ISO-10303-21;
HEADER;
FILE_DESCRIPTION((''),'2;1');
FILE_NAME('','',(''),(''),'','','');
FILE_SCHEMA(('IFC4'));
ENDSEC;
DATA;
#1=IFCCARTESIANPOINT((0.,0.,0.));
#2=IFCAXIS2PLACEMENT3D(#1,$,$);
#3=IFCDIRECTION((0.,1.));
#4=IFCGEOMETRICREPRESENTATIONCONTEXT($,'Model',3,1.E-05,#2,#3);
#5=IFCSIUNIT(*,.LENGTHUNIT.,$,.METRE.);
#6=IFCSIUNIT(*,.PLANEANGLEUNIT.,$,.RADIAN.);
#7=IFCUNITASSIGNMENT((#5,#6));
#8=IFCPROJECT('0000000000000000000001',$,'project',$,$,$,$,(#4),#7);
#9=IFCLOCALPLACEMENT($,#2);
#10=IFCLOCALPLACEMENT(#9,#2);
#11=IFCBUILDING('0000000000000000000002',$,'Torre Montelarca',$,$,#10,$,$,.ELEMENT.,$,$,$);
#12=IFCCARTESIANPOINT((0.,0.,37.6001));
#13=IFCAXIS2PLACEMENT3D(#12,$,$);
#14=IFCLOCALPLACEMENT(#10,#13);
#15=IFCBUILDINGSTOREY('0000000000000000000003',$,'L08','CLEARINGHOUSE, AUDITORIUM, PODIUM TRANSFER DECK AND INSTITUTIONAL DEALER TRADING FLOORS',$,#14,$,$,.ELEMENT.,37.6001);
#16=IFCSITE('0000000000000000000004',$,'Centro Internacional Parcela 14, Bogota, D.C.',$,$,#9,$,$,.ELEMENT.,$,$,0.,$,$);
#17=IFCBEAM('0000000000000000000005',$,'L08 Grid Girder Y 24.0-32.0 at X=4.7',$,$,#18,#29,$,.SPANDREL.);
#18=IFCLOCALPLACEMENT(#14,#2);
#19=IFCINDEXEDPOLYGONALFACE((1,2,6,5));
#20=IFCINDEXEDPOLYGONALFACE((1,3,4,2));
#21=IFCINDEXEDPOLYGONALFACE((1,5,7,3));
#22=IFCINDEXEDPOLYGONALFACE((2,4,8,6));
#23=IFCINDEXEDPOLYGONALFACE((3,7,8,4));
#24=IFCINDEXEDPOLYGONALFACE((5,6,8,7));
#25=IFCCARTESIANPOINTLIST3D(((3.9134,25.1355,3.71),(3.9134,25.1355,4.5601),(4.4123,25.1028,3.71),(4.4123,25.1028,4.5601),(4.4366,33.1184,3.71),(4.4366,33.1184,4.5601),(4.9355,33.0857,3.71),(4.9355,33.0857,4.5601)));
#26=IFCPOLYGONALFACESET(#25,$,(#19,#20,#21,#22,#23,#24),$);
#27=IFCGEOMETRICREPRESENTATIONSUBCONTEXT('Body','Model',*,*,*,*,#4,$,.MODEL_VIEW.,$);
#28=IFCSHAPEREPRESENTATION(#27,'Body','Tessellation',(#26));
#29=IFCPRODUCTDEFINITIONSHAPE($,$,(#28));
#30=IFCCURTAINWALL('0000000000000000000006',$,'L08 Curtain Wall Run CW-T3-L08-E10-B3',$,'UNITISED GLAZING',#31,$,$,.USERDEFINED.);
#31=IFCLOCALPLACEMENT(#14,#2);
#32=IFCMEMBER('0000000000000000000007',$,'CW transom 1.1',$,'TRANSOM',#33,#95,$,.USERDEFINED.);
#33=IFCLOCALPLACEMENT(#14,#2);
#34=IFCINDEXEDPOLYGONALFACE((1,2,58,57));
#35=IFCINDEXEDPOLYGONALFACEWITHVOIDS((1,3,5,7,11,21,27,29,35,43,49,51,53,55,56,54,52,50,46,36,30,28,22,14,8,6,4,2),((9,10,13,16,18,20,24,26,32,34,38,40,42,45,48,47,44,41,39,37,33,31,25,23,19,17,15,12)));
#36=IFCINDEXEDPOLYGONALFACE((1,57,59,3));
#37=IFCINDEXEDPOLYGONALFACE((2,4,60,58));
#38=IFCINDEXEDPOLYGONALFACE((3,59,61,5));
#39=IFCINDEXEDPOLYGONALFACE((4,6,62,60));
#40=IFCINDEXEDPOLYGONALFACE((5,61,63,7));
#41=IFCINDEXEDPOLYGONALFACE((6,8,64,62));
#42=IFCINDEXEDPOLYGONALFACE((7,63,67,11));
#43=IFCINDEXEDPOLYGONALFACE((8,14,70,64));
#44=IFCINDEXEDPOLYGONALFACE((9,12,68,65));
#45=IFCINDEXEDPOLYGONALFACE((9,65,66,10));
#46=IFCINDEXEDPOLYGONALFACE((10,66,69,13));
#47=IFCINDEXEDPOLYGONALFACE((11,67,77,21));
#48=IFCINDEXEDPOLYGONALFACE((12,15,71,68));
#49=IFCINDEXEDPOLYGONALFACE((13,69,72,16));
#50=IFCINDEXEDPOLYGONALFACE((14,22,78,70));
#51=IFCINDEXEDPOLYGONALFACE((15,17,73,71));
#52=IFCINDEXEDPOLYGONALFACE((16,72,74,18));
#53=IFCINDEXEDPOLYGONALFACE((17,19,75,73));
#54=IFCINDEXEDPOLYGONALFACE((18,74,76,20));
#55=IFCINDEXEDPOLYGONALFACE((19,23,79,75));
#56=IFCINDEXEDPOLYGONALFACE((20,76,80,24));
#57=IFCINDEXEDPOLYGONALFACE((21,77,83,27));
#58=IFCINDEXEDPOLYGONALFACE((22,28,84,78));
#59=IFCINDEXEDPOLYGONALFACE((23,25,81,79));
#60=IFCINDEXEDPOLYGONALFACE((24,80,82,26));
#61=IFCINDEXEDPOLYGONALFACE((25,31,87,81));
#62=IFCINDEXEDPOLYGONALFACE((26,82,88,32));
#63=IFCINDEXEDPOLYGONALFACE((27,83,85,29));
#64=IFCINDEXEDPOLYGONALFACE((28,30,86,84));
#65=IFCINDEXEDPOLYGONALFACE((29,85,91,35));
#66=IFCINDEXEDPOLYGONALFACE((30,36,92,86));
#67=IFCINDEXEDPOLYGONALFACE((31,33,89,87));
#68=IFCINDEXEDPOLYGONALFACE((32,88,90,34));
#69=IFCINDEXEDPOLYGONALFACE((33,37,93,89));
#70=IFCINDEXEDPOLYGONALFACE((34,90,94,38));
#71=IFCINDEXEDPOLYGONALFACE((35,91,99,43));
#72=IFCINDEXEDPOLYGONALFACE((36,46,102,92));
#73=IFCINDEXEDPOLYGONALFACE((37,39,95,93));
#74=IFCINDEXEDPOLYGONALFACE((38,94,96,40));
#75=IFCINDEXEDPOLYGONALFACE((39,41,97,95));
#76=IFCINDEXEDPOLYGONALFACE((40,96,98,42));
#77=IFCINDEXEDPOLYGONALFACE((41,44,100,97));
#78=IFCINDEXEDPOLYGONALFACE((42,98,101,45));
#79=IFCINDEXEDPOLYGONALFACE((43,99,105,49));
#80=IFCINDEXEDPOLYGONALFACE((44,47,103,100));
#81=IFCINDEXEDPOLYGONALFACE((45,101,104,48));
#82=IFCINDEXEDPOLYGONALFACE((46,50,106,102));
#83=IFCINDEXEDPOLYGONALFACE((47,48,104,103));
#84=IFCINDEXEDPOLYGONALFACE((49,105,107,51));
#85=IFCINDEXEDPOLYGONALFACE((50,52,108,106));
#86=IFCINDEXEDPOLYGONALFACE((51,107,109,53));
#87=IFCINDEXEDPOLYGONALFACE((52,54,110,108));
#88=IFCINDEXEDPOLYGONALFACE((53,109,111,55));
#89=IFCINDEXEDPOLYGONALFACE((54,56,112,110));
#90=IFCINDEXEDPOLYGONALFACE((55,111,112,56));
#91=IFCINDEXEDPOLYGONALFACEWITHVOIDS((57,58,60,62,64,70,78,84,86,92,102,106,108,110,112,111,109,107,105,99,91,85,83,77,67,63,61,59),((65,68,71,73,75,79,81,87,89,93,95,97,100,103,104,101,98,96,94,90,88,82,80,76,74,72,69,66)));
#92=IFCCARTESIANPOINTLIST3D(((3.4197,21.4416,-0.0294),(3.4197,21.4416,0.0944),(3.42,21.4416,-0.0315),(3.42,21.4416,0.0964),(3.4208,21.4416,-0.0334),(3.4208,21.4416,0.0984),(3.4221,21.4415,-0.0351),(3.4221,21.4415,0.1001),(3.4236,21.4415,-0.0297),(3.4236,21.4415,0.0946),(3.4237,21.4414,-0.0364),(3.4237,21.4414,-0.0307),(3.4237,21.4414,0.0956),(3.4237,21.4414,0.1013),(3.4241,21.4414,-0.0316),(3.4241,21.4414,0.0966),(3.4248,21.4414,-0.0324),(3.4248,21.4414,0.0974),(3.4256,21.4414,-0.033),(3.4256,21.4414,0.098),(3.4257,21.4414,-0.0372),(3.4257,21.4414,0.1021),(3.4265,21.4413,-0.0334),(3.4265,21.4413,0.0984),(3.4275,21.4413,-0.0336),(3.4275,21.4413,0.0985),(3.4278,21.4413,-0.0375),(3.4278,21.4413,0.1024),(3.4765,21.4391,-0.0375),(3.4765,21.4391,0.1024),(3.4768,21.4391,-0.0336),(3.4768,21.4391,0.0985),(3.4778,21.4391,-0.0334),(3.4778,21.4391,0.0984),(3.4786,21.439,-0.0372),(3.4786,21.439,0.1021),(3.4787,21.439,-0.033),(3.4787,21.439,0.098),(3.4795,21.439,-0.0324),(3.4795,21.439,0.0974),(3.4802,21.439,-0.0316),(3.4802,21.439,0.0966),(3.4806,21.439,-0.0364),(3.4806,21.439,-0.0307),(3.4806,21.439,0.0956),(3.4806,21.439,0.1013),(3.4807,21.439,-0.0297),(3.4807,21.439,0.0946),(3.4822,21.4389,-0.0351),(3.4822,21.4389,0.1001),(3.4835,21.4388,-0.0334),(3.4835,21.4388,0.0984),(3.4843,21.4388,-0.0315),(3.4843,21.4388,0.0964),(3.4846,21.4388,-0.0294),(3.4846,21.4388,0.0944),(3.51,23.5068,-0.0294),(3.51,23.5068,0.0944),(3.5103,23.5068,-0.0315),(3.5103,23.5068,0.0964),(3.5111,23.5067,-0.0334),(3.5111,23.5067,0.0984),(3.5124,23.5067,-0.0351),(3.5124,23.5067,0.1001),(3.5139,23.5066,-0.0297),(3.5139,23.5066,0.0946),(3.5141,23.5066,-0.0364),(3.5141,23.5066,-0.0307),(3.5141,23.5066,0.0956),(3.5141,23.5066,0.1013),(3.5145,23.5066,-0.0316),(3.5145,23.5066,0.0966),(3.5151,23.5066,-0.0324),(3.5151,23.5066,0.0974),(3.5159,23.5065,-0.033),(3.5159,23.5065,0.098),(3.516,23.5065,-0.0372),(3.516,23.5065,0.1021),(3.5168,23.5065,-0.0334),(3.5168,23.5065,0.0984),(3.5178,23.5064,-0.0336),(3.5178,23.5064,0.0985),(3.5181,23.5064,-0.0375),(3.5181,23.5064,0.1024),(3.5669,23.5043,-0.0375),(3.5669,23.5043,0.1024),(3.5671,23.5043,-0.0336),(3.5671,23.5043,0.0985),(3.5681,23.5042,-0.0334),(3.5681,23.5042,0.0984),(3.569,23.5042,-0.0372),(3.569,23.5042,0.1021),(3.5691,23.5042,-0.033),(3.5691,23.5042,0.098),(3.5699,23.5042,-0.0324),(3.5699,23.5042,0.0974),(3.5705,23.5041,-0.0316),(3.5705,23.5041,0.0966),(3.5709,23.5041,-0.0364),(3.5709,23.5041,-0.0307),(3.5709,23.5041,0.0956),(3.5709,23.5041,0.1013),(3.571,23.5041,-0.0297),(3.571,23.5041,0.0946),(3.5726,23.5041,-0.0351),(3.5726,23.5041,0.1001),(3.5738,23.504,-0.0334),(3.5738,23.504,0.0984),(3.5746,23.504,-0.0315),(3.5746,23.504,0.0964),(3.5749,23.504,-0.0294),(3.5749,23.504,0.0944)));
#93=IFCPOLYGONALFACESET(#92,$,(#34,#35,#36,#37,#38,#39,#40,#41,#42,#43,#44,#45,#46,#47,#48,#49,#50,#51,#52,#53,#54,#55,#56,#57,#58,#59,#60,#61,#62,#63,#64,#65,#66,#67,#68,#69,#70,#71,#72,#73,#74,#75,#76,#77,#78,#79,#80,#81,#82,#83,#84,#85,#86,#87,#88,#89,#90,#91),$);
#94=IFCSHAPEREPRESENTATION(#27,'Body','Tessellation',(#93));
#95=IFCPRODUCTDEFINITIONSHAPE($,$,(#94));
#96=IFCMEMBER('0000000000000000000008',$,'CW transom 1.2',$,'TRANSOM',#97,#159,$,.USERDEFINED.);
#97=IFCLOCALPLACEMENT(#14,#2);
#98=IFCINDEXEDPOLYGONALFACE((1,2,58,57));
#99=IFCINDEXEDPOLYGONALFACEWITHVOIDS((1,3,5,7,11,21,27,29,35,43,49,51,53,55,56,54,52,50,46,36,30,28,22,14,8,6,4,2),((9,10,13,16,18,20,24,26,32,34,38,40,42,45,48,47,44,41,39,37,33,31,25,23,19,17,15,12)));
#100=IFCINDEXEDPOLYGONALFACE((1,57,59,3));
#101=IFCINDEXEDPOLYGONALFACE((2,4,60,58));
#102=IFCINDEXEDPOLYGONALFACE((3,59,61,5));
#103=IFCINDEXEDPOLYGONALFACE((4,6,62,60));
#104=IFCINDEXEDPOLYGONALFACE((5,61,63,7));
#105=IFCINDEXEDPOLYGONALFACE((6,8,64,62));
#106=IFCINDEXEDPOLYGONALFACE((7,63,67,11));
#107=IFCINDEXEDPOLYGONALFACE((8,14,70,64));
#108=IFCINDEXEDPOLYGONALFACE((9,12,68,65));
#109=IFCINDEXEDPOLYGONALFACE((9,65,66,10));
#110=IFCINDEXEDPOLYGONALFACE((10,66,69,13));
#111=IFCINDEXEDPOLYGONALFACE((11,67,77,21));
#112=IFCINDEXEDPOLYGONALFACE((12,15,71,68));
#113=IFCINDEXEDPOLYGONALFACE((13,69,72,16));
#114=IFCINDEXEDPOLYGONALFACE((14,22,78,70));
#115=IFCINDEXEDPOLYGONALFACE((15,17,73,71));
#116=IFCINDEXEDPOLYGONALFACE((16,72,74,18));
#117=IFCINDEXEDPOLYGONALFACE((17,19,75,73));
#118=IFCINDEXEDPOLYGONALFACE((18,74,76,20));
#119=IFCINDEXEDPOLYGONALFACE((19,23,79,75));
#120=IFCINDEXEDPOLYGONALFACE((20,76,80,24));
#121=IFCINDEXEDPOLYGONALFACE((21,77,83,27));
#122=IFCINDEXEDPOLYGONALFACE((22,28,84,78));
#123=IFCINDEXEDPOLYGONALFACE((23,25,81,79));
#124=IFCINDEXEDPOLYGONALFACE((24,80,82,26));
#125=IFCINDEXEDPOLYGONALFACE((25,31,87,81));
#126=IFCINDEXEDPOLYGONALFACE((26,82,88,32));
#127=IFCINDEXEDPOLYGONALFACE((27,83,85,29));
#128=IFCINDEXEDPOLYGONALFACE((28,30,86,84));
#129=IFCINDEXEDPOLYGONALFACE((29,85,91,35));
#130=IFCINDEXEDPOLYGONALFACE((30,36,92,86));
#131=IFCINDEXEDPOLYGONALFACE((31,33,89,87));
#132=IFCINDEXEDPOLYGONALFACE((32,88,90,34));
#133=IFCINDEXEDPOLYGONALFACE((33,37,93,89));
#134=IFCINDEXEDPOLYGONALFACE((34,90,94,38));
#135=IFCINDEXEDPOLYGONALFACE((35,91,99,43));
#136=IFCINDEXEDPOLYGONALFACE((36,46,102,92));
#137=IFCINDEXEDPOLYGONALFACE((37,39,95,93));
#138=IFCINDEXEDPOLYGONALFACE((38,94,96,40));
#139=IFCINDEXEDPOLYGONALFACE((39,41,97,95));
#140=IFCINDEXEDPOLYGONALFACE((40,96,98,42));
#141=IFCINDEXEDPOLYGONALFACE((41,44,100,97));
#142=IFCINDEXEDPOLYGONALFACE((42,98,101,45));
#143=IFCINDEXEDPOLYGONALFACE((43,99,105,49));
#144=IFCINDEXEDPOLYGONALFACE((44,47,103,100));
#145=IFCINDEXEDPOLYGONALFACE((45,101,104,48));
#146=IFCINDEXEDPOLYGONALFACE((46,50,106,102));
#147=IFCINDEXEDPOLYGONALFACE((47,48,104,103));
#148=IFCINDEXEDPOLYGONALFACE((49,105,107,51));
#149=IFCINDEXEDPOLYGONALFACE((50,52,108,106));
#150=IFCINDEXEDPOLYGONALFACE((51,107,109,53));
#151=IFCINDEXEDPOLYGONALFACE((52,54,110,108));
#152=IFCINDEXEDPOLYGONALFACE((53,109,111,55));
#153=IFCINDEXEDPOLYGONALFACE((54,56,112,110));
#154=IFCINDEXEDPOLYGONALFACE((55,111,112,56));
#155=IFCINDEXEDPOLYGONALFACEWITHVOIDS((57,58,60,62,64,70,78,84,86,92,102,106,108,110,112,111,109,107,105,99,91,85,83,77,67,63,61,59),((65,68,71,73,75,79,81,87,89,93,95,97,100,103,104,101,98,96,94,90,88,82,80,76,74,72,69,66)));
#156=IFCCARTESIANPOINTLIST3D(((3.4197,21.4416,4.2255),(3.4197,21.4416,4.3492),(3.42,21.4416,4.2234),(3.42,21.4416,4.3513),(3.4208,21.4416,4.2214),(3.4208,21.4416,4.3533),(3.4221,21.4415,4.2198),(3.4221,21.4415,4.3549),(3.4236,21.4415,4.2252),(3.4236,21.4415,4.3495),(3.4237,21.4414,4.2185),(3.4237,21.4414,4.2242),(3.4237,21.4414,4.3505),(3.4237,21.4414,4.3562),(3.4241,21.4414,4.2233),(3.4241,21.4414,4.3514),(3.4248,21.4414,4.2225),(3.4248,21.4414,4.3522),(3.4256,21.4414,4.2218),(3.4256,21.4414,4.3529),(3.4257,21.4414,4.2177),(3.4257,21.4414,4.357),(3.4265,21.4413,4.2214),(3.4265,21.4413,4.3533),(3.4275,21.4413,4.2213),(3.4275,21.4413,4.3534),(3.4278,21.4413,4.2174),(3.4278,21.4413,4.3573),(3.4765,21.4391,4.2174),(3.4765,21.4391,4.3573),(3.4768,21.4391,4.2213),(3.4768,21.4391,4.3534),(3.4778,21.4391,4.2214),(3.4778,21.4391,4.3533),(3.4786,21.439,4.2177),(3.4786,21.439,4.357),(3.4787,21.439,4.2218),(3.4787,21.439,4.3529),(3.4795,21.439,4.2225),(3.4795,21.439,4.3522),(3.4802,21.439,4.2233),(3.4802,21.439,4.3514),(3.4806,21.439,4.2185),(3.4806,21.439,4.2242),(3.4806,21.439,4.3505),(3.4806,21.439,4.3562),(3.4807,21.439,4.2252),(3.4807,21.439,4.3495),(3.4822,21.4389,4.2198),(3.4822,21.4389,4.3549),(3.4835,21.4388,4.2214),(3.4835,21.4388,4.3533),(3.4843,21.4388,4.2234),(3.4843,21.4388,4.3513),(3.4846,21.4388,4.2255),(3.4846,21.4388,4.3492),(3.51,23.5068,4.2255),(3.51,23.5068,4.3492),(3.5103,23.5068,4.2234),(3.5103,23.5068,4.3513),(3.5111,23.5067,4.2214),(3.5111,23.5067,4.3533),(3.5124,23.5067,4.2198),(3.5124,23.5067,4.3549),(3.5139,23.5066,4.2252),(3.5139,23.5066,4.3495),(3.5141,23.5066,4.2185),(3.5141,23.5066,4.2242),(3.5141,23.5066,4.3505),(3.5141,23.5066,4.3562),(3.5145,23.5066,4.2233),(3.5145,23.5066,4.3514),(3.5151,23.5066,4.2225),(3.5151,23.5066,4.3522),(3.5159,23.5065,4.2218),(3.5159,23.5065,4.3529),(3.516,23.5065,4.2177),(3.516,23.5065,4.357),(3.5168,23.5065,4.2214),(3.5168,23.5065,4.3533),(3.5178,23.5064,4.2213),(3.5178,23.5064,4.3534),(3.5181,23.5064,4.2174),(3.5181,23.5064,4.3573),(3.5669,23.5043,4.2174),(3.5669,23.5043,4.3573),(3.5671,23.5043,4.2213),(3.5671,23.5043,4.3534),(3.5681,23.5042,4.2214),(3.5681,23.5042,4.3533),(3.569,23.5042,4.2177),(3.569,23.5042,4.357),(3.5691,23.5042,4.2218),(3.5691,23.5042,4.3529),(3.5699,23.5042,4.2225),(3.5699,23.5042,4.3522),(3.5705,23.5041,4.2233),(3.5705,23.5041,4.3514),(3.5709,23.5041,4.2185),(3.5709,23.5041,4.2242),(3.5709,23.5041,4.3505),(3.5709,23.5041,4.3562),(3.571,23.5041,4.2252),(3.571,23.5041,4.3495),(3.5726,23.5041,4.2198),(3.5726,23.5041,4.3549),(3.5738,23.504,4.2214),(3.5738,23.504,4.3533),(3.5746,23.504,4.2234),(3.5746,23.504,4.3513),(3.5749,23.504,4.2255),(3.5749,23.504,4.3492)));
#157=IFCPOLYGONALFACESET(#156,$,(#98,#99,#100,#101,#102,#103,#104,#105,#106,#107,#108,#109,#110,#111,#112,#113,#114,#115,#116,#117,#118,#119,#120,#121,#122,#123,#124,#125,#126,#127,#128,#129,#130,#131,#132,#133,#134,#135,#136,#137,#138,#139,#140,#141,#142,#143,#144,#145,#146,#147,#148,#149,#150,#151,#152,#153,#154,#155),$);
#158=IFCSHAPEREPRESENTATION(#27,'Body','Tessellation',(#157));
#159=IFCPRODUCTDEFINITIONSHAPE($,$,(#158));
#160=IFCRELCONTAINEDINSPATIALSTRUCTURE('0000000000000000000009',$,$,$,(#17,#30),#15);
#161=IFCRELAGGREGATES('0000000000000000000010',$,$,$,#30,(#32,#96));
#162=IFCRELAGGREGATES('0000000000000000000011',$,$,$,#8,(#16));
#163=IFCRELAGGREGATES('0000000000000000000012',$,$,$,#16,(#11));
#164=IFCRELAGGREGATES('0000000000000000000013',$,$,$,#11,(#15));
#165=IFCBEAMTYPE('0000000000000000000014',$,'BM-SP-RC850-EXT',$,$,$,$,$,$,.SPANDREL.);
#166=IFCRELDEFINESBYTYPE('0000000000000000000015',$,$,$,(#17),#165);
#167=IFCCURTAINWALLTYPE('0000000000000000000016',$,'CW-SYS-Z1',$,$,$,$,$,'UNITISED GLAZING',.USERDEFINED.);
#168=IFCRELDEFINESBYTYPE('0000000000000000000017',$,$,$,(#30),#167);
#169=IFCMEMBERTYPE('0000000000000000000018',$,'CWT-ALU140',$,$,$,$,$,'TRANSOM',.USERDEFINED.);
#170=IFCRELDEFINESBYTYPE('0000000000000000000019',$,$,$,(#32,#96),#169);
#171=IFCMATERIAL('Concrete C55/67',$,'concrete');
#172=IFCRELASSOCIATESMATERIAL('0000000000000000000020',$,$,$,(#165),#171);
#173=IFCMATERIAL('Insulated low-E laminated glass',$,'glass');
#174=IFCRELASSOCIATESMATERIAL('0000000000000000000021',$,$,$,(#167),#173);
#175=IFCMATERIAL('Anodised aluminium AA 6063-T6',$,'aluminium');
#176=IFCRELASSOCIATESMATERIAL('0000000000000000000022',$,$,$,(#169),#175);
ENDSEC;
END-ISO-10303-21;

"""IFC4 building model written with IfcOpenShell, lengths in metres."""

from ifc_helpers import new_model, si_unit, direction, frame, origin, origin_2d, place, context, subcontext, project, spatial, rectangle, hollow_rectangle, extrude, source, transform, mapped, material, material_profile, profile_set, type_object, element, aggregate, save


model = new_model("IFC4")

# Units and contexts
model_context = context("Model", 3, precision=1e-05, world=origin(), true_north=direction((0.0, 1.0)))
body_context = subcontext(model_context, "Body", "Model", "MODEL_VIEW")
ifc_project = project(units=[si_unit("LENGTHUNIT", "METRE"), si_unit("PLANEANGLEUNIT", "RADIAN")], contexts=[model_context])

# Site, building, storey
site_placement = place(None, origin())
site = spatial("IfcSite", under=ifc_project, at=site_placement, Name="Centro Internacional Parcela 14, Bogota, D.C.", CompositionType="ELEMENT", RefElevation=0.0)
building_placement = place(site_placement, origin())
building = spatial("IfcBuilding", under=site, at=building_placement, Name="Torre Montelarca", CompositionType="ELEMENT")
storey_placement = place(building_placement, frame((0.0, 0.0, 37.6001)))
storey = spatial("IfcBuildingStorey", under=building, at=storey_placement, Name="L08", Description="CLEARINGHOUSE, AUDITORIUM, PODIUM TRANSFER DECK AND INSTITUTIONAL DEALER TRADING FLOORS", CompositionType="ELEMENT", Elevation=37.6001)

# Beam
ifc_material_1 = material(Name="Concrete C55/67", Category="concrete")
ifc_material_profile_1 = material_profile(ifc_material_1, rectangle(XDim=0.5, YDim=0.8501, at=origin_2d()), Name="RCB500X850", Category="concrete")
ifc_profile_set_1 = profile_set([ifc_material_profile_1], Name="Concrete C55/67")
beam_type = type_object("IfcBeamType", Name="BM-SP-RC850-EXT", PredefinedType="SPANDREL", material=ifc_profile_set_1)
shared_shape_1 = source(origin(), body_context, "Body", "SweptSolid", [
    extrude(rectangle(XDim=0.5, YDim=0.8501, at=origin_2d()), origin(), (0.0, 0.0, 1.0), 8.0),
])
beam_placement = place(storey_placement, frame((4.1628, 25.1191, 4.135), z_axis=(0.065399, 0.997859, 0.0), x_axis=(-0.997859, 0.065399, 0.0)))
element("IfcBeam", 1, at=beam_placement, inside=storey, type_object=beam_type, Name="L08 Grid Girder Y 24.0-32.0 at X=4.7", PredefinedType="SPANDREL", context=body_context, shape_type="MappedRepresentation", body=[
    mapped(shared_shape_1, transform((0.0, 0.0, 0.0), scale=1.0)),
])

# Curtain wall, members
ifc_material_2 = material(Name="Insulated low-E laminated glass", Category="glass")
curtain_wall_type = type_object("IfcCurtainWallType", Name="CW-SYS-Z1", ElementType="UNITISED GLAZING", PredefinedType="USERDEFINED", material=ifc_material_2)
curtain_wall_1_placement = place(storey_placement, origin())
curtain_wall_1 = element("IfcCurtainWall", 2, at=curtain_wall_1_placement, inside=storey, type_object=curtain_wall_type, Name="L08 Curtain Wall Run CW-T3-L08-E10-B3", ObjectType="UNITISED GLAZING", PredefinedType="USERDEFINED")
ifc_material_3 = material(Name="Anodised aluminium AA 6063-T6", Category="aluminium")
ifc_material_profile_2 = material_profile(ifc_material_3, hollow_rectangle(XDim=0.0649, YDim=0.1399, WallThickness=0.0039, InnerFilletRadius=0.0039, OuterFilletRadius=0.0081, at=origin_2d()), Name="ALU65X140X4", Category="aluminium")
ifc_profile_set_2 = profile_set([ifc_material_profile_2], Name="Anodised aluminium AA 6063-T6")
member_type_1 = type_object("IfcMemberType", Name="CWT-ALU140", ElementType="TRANSOM", PredefinedType="USERDEFINED", material=ifc_profile_set_2)
shared_shape_2 = source(origin(), body_context, "Body", "SweptSolid", [
    extrude(hollow_rectangle(XDim=0.0649, YDim=0.1399, WallThickness=0.0039, InnerFilletRadius=0.0039, OuterFilletRadius=0.0081, at=origin_2d()), origin(), (0.0, 0.0, 1.0), 2.0671),
])
member_1_placement = place(storey_placement, frame((3.5425, 23.5054, 0.0325), z_axis=(-0.043699, -0.999045, 0.0), x_axis=(0.999045, -0.043699, 0.0)))
member_1 = element("IfcMember", 3, at=member_1_placement, type_object=member_type_1, Name="CW transom 1.1", ObjectType="TRANSOM", PredefinedType="USERDEFINED", context=body_context, shape_type="MappedRepresentation", body=[
    mapped(shared_shape_2, transform((0.0, 0.0, 0.0), scale=1.0)),
])
member_2_placement = place(storey_placement, frame((3.5425, 23.5054, 4.2874), z_axis=(-0.043699, -0.999045, 0.0), x_axis=(0.999045, -0.043699, 0.0)))
member_2 = element("IfcMember", 4, at=member_2_placement, type_object=member_type_1, Name="CW transom 1.2", ObjectType="TRANSOM", PredefinedType="USERDEFINED", context=body_context, shape_type="MappedRepresentation", body=[
    mapped(shared_shape_2, transform((0.0, 0.0, 0.0), scale=1.0)),
])

aggregate(curtain_wall_1, [member_1, member_2])

save(model, "model.ifc")
